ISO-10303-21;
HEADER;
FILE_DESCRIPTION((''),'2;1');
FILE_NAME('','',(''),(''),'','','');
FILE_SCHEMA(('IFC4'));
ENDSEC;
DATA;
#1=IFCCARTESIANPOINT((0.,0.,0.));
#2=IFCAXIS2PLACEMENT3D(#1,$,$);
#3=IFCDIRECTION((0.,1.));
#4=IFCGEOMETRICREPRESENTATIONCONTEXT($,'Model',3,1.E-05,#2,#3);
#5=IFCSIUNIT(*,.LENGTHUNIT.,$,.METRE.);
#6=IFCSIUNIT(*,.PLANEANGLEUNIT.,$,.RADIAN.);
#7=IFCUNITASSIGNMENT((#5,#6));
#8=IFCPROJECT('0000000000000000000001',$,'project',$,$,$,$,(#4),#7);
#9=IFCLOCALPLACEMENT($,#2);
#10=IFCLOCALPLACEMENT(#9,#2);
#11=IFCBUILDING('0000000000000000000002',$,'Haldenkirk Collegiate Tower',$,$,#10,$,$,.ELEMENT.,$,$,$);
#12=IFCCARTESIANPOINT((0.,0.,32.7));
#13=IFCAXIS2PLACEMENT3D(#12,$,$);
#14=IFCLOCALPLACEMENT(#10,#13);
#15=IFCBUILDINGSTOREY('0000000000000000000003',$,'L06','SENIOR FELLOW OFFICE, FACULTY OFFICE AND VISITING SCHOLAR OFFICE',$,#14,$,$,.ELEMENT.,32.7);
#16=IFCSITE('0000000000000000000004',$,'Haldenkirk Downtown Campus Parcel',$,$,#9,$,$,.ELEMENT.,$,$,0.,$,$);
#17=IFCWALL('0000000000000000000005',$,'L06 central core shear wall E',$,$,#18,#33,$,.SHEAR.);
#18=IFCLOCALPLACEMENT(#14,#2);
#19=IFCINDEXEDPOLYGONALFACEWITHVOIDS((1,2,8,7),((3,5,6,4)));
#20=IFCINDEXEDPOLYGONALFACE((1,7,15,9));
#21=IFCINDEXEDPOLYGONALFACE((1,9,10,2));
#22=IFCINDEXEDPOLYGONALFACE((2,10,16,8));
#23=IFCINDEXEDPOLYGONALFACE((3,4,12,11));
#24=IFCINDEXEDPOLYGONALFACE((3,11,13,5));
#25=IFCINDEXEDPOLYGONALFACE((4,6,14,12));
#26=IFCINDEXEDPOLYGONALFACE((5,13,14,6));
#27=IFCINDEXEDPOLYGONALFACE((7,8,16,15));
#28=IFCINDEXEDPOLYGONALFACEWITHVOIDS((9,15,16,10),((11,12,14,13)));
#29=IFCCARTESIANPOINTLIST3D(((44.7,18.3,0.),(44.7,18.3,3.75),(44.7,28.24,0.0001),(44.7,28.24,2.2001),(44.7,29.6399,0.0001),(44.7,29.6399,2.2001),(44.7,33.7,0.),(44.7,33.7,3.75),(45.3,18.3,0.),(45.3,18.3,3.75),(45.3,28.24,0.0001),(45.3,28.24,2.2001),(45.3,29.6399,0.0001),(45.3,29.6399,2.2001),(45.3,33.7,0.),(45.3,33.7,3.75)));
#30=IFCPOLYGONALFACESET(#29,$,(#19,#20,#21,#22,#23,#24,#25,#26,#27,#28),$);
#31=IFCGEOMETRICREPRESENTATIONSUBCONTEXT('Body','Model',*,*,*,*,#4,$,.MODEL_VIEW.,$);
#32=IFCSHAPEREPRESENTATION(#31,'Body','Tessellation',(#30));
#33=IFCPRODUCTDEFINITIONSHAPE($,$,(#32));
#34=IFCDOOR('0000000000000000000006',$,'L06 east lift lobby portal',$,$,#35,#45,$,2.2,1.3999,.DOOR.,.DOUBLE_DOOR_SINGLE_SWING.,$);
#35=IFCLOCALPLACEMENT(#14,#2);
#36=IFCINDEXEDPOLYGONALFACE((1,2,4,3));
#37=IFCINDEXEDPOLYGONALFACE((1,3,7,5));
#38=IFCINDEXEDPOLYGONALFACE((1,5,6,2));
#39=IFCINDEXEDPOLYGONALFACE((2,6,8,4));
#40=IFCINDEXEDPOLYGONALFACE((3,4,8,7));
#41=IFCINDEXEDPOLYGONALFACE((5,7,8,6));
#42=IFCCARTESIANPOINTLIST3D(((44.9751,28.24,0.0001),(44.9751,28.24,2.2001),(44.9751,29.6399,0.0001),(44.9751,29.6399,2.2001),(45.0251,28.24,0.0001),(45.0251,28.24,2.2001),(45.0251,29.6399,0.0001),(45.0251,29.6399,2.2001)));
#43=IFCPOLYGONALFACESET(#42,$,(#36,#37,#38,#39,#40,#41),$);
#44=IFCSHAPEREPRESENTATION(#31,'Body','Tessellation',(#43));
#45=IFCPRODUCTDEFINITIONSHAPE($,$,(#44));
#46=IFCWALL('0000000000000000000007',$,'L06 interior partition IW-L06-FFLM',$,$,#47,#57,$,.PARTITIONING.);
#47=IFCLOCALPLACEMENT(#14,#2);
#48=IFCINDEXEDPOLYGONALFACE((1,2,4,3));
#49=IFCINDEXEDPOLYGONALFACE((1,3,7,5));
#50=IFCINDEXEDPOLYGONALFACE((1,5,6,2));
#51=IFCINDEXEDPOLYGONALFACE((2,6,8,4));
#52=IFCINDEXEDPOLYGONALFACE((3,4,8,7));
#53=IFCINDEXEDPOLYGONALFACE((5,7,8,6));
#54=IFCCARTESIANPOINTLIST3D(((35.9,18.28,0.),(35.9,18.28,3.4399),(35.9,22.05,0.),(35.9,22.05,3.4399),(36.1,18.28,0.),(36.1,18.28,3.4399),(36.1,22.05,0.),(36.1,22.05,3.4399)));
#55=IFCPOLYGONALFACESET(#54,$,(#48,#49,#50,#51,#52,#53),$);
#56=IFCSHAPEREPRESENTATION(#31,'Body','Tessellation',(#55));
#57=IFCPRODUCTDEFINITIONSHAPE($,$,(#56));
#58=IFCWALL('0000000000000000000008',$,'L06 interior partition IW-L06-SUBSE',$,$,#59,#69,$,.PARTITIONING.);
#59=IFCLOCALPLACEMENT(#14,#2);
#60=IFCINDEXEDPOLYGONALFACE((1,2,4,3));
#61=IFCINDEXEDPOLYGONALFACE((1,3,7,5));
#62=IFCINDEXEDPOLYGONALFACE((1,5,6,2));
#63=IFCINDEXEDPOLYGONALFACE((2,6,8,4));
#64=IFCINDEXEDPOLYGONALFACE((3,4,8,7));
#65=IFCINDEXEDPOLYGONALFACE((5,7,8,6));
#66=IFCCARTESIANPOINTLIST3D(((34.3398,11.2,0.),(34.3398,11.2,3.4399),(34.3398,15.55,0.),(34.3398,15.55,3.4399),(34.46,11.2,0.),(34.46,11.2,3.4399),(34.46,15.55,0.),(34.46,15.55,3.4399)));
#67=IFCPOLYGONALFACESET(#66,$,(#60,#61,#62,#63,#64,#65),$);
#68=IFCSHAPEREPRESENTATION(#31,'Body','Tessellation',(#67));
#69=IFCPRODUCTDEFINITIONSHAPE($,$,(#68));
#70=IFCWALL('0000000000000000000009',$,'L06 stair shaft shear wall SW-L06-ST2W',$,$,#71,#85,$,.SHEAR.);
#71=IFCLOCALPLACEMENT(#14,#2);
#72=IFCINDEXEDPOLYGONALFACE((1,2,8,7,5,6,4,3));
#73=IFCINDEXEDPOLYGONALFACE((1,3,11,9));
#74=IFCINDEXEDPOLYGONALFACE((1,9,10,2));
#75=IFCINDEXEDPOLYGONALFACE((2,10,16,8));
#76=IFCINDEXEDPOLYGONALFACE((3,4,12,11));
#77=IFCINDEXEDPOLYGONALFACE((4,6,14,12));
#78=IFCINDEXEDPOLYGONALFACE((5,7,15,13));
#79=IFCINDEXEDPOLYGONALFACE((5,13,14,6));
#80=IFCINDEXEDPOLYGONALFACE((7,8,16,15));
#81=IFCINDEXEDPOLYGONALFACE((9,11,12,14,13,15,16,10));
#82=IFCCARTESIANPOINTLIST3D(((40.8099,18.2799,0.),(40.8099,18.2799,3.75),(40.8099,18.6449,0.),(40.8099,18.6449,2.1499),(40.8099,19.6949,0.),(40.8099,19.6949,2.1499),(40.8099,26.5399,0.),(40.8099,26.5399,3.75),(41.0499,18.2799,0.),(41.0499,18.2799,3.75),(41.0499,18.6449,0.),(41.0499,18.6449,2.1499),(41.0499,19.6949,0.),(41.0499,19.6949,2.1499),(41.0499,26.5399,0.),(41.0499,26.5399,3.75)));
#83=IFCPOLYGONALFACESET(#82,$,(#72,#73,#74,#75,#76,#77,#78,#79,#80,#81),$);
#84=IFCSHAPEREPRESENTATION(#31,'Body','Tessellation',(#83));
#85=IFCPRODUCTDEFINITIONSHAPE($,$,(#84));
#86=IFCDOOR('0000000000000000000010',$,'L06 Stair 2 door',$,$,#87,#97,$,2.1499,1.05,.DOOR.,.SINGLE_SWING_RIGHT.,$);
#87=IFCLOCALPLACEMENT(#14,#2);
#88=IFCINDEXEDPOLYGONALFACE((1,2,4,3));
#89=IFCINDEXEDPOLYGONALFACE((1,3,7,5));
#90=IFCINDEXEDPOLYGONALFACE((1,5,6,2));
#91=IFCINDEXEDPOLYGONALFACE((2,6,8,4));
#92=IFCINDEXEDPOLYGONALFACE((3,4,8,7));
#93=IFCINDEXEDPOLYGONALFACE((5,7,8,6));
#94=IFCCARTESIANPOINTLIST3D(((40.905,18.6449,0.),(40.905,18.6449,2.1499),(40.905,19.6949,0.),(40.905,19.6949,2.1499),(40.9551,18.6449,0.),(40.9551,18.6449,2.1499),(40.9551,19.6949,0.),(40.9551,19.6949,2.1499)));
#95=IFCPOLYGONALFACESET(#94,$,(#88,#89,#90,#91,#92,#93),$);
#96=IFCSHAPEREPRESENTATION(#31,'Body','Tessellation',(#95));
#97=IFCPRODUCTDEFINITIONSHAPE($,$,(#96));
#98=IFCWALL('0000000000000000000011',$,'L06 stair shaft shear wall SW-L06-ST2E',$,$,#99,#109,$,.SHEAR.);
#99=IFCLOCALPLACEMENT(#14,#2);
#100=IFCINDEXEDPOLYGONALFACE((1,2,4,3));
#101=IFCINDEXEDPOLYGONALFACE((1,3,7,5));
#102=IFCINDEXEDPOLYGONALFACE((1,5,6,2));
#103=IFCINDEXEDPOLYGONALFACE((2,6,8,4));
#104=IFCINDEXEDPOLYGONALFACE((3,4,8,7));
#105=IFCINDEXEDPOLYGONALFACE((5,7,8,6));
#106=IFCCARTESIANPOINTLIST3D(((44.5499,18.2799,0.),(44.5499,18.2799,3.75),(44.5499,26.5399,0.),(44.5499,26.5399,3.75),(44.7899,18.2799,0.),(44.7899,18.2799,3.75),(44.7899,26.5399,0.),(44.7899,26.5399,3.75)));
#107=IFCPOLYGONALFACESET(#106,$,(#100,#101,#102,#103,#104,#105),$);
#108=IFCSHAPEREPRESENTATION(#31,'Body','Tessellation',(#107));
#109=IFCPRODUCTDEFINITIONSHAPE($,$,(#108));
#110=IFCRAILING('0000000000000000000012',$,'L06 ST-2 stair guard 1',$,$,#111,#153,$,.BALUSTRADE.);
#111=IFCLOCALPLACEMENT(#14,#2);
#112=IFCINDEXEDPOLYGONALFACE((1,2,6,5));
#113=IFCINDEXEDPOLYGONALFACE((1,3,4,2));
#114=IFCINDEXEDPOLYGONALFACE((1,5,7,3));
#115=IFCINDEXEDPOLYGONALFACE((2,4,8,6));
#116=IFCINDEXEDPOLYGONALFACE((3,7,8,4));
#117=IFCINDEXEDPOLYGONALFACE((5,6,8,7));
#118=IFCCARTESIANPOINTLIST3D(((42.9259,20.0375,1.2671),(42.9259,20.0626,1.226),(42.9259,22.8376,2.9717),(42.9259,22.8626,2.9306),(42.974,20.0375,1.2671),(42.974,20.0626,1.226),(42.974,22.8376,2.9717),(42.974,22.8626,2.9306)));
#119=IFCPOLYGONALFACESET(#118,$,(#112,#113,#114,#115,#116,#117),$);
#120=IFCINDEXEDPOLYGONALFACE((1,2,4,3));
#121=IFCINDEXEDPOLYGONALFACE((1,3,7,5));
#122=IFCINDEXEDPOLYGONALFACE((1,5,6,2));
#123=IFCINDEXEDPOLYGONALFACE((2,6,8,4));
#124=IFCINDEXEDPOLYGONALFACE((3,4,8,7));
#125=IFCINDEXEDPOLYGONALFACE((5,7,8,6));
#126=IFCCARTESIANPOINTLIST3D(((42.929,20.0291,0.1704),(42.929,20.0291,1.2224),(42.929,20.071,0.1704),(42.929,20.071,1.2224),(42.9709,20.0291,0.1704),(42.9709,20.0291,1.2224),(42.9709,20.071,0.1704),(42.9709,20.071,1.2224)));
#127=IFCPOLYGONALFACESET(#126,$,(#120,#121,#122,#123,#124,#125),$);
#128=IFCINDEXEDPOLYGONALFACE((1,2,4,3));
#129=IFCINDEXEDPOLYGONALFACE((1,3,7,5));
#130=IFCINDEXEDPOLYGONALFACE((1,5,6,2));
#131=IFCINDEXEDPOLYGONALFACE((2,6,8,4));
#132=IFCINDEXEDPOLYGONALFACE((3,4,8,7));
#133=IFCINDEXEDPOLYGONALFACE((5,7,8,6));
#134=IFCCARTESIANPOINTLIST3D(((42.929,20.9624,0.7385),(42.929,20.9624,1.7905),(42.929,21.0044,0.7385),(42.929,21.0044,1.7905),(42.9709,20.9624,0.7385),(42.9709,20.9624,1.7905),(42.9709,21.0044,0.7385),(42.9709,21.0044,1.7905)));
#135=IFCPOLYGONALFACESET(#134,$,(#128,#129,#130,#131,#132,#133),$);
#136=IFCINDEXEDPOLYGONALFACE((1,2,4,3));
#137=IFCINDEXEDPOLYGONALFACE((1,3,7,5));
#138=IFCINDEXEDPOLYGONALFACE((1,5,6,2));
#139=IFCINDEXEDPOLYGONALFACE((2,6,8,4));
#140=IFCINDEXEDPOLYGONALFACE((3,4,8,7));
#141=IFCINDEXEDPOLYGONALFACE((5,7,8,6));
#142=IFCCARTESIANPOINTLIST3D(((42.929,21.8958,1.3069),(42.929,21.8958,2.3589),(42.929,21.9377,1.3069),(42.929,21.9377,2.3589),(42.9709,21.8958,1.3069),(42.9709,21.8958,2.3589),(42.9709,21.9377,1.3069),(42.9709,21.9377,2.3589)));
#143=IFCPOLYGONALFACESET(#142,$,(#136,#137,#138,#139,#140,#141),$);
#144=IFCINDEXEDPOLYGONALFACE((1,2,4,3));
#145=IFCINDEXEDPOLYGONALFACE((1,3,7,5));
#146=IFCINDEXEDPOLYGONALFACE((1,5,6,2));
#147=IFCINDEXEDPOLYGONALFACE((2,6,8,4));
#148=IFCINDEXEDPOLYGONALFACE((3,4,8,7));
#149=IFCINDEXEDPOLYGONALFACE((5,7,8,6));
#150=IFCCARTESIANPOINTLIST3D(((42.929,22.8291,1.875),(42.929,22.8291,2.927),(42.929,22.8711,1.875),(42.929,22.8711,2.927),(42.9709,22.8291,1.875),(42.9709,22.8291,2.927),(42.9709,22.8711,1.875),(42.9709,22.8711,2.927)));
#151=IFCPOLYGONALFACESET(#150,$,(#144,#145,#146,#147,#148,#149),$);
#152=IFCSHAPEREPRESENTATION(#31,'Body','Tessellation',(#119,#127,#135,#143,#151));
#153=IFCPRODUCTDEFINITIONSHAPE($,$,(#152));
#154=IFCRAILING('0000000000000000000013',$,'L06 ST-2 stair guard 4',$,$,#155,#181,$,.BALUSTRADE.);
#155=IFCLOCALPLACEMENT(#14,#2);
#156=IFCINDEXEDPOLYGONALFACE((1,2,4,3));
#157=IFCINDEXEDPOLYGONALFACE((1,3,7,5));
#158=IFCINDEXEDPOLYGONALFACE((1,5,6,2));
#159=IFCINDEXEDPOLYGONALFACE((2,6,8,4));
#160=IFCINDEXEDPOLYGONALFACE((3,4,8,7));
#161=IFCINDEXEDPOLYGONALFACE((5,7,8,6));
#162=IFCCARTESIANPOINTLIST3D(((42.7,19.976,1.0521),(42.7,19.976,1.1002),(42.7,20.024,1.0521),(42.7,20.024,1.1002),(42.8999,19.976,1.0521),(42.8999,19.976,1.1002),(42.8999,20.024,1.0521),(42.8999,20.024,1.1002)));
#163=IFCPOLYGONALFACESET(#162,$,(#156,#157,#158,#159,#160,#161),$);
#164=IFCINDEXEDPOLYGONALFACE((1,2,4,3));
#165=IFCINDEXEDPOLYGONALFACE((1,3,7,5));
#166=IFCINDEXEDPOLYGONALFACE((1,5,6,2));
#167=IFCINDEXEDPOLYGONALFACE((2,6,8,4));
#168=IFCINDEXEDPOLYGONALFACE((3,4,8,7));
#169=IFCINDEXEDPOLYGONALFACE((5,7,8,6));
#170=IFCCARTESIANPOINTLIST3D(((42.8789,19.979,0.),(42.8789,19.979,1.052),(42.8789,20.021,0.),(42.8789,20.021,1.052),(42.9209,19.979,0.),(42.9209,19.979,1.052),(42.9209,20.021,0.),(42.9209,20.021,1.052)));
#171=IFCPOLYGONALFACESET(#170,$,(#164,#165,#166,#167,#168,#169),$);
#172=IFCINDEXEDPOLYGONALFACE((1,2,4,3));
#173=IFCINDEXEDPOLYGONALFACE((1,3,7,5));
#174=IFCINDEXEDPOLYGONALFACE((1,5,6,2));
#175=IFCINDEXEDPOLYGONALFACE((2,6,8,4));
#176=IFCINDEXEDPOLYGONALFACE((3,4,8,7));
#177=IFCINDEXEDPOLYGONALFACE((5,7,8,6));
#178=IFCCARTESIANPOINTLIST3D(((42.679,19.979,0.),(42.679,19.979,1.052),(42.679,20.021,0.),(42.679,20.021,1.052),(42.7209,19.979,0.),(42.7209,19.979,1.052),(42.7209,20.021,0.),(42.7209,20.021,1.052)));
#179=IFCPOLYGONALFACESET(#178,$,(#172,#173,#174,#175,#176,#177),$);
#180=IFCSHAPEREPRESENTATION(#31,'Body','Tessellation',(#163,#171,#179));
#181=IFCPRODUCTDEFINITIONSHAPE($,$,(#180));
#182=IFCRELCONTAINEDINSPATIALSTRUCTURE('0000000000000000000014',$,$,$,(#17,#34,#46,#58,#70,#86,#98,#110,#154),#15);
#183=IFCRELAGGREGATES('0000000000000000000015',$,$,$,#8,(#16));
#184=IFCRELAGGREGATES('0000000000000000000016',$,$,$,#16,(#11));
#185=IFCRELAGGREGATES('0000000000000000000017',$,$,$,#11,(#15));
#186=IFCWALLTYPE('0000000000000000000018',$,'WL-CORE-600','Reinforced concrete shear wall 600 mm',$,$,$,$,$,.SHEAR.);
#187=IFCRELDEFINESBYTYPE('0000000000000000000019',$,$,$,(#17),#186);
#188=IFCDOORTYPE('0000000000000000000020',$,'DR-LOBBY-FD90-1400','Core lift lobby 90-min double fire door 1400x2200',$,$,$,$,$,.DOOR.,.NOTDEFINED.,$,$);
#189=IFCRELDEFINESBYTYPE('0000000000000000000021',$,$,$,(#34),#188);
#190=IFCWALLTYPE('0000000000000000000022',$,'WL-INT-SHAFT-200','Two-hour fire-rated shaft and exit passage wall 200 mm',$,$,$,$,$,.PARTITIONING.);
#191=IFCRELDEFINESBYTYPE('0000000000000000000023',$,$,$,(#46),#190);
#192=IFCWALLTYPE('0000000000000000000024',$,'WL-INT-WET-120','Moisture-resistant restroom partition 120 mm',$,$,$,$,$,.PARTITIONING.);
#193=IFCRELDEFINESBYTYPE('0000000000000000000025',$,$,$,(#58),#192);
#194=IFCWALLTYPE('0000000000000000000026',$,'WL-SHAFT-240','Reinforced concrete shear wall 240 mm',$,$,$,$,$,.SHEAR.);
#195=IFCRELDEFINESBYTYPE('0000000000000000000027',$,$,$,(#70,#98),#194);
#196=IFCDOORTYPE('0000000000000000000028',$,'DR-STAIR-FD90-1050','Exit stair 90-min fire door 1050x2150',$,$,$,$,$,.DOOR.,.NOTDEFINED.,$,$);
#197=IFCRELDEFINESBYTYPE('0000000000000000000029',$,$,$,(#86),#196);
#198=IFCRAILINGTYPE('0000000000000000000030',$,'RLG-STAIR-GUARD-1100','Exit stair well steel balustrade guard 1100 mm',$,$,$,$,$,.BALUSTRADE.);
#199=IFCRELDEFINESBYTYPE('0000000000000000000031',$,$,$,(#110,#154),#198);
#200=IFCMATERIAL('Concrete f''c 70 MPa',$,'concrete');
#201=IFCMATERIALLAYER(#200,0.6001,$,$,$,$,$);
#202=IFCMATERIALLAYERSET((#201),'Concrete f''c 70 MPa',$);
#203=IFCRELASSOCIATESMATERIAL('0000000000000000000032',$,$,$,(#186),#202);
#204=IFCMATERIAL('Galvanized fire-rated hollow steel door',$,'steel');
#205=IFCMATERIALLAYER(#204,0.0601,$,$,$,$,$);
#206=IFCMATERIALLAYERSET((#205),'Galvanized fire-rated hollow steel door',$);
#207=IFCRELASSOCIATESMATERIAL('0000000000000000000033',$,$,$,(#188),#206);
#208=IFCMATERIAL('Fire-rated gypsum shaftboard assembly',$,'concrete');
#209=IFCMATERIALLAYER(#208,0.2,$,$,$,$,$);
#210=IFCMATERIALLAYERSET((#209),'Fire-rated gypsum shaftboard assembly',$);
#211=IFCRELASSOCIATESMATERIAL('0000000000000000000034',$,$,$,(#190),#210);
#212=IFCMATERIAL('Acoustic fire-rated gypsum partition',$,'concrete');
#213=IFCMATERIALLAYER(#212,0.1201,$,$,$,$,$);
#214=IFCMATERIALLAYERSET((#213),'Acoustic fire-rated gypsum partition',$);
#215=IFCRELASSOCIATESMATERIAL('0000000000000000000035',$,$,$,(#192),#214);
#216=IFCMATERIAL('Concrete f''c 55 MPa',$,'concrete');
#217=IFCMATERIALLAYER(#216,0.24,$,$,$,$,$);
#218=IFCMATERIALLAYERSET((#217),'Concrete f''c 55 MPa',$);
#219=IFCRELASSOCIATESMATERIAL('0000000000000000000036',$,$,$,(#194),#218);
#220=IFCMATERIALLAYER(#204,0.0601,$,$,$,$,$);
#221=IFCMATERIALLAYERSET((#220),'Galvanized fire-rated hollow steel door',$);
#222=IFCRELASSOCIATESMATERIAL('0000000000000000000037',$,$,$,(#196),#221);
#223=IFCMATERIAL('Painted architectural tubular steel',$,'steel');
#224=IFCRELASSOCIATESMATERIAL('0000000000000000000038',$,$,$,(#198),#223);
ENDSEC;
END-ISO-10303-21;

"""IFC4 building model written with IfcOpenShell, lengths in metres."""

from ifc_helpers import new_model, si_unit, direction, frame, frame_2d, origin, origin_2d, place, context, subcontext, project, spatial, rectangle, extrude, material, layer, layer_set, type_object, element, fill, save


model = new_model("IFC4")

# Units and contexts
model_context = context("Model", 3, precision=1e-05, world=origin(), true_north=direction((0.0, 1.0)))
body_context = subcontext(model_context, "Body", "Model", "MODEL_VIEW")
ifc_project = project(units=[si_unit("LENGTHUNIT", "METRE"), si_unit("PLANEANGLEUNIT", "RADIAN")], contexts=[model_context])

# Site, building, storey
site_placement = place(None, origin())
site = spatial("IfcSite", under=ifc_project, at=site_placement, Name="Haldenkirk Downtown Campus Parcel", CompositionType="ELEMENT", RefElevation=0.0)
building_placement = place(site_placement, origin())
building = spatial("IfcBuilding", under=site, at=building_placement, Name="Haldenkirk Collegiate Tower", CompositionType="ELEMENT")
storey_placement = place(building_placement, frame((0.0, 0.0, 32.7)))
storey = spatial("IfcBuildingStorey", under=building, at=storey_placement, Name="L06", Description="SENIOR FELLOW OFFICE, FACULTY OFFICE AND VISITING SCHOLAR OFFICE", CompositionType="ELEMENT", Elevation=32.7)

# Wall, opening, door
ifc_material_1 = material(Name="Concrete f'c 70 MPa", Category="concrete")
ifc_layer_1 = layer(ifc_material_1, 0.6001)
ifc_layer_set_1 = layer_set([ifc_layer_1], Name="Concrete f'c 70 MPa")
wall_type_1 = type_object("IfcWallType", Name="WL-CORE-600", Description="Reinforced concrete shear wall 600 mm", PredefinedType="SHEAR", material=ifc_layer_set_1)
wall_1_placement = place(storey_placement, frame((45.0, 18.3, 0.0), z_axis=(0.0, 0.0, 1.0), x_axis=(0.0, 1.0, 0.0)))
wall_1 = element("IfcWall", 1, at=wall_1_placement, inside=storey, type_object=wall_type_1, Name="L06 central core shear wall E", PredefinedType="SHEAR", context=body_context, shape_type="SweptSolid", body=[
    extrude(rectangle(XDim=15.3999, YDim=0.6001, at=frame_2d((7.7, 0.0))), origin(), (0.0, 0.0, 1.0), 3.75),
])
opening_1_placement = place(wall_1_placement, frame((9.9399, 0.0, 0.0)))
opening_1 = element("IfcOpeningElement", 2, at=opening_1_placement, cuts=wall_1, PredefinedType="OPENING", context=body_context, shape_type="SweptSolid", body=[
    extrude(rectangle(XDim=1.3999, YDim=2.2, at=frame_2d((0.7, 1.1001))), frame((0.0, 0.3101, 0.0), z_axis=(0.0, -1.0, 0.0), x_axis=(1.0, 0.0, 0.0)), (0.0, 0.0, 1.0), 0.6201),
])
ifc_material_2 = material(Name="Galvanized fire-rated hollow steel door", Category="steel")
ifc_layer_2 = layer(ifc_material_2, 0.0601)
ifc_layer_set_2 = layer_set([ifc_layer_2], Name="Galvanized fire-rated hollow steel door")
door_type_1 = type_object("IfcDoorType", Name="DR-LOBBY-FD90-1400", Description="Core lift lobby 90-min double fire door 1400x2200", OperationType="NOTDEFINED", PredefinedType="DOOR", material=ifc_layer_set_2)
door_1_placement = place(opening_1_placement, origin())
door_1 = element("IfcDoor", 3, at=door_1_placement, inside=storey, type_object=door_type_1, Name="L06 east lift lobby portal", OperationType="DOUBLE_DOOR_SINGLE_SWING", OverallHeight=2.2, OverallWidth=1.3999, PredefinedType="DOOR", context=body_context, shape_type="SweptSolid", body=[
    extrude(rectangle(XDim=1.3999, YDim=2.2, at=frame_2d((0.7, 1.1001))), frame((0.0, 0.0249, 0.0), z_axis=(0.0, -1.0, 0.0), x_axis=(1.0, 0.0, 0.0)), (0.0, 0.0, 1.0), 0.05),
])
fill(opening_1, door_1)

# Walls
ifc_material_3 = material(Name="Fire-rated gypsum shaftboard assembly", Category="concrete")
ifc_layer_3 = layer(ifc_material_3, 0.2)
ifc_layer_set_3 = layer_set([ifc_layer_3], Name="Fire-rated gypsum shaftboard assembly")
wall_type_2 = type_object("IfcWallType", Name="WL-INT-SHAFT-200", Description="Two-hour fire-rated shaft and exit passage wall 200 mm", PredefinedType="PARTITIONING", material=ifc_layer_set_3)
wall_2_placement = place(storey_placement, frame((36.0, 18.28, 0.0), z_axis=(0.0, 0.0, 1.0), x_axis=(0.0, 1.0, 0.0)))
element("IfcWall", 4, at=wall_2_placement, inside=storey, type_object=wall_type_2, Name="L06 interior partition IW-L06-FFLM", PredefinedType="PARTITIONING", context=body_context, shape_type="SweptSolid", body=[
    extrude(rectangle(XDim=3.77, YDim=0.2, at=frame_2d((1.885, 0.0))), origin(), (0.0, 0.0, 1.0), 3.4399),
])
ifc_material_4 = material(Name="Acoustic fire-rated gypsum partition", Category="concrete")
ifc_layer_4 = layer(ifc_material_4, 0.1201)
ifc_layer_set_4 = layer_set([ifc_layer_4], Name="Acoustic fire-rated gypsum partition")
wall_type_3 = type_object("IfcWallType", Name="WL-INT-WET-120", Description="Moisture-resistant restroom partition 120 mm", PredefinedType="PARTITIONING", material=ifc_layer_set_4)
wall_3_placement = place(storey_placement, frame((34.3999, 11.2, 0.0), z_axis=(0.0, 0.0, 1.0), x_axis=(0.0, 1.0, 0.0)))
element("IfcWall", 5, at=wall_3_placement, inside=storey, type_object=wall_type_3, Name="L06 interior partition IW-L06-SUBSE", PredefinedType="PARTITIONING", context=body_context, shape_type="SweptSolid", body=[
    extrude(rectangle(XDim=4.3501, YDim=0.1201, at=frame_2d((2.175, 0.0))), origin(), (0.0, 0.0, 1.0), 3.4399),
])

# Wall, opening, door
ifc_material_5 = material(Name="Concrete f'c 55 MPa", Category="concrete")
ifc_layer_5 = layer(ifc_material_5, 0.24)
ifc_layer_set_5 = layer_set([ifc_layer_5], Name="Concrete f'c 55 MPa")
wall_type_4 = type_object("IfcWallType", Name="WL-SHAFT-240", Description="Reinforced concrete shear wall 240 mm", PredefinedType="SHEAR", material=ifc_layer_set_5)
wall_4_placement = place(storey_placement, frame((40.9299, 18.28, 0.0), z_axis=(0.0, 0.0, 1.0), x_axis=(0.0, 1.0, 0.0)))
wall_4 = element("IfcWall", 6, at=wall_4_placement, inside=storey, type_object=wall_type_4, Name="L06 stair shaft shear wall SW-L06-ST2W", PredefinedType="SHEAR", context=body_context, shape_type="SweptSolid", body=[
    extrude(rectangle(XDim=8.26, YDim=0.24, at=frame_2d((4.1299, 0.0))), origin(), (0.0, 0.0, 1.0), 3.75),
])
opening_2_placement = place(wall_4_placement, frame((0.365, 0.0, 0.0)))
opening_2 = element("IfcOpeningElement", 7, at=opening_2_placement, cuts=wall_4, PredefinedType="OPENING", context=body_context, shape_type="SweptSolid", body=[
    extrude(rectangle(XDim=1.05, YDim=2.1499, at=frame_2d((0.5249, 1.075))), frame((0.0, 0.1299, 0.0), z_axis=(0.0, -1.0, 0.0), x_axis=(1.0, 0.0, 0.0)), (0.0, 0.0, 1.0), 0.26),
])
ifc_layer_6 = layer(ifc_material_2, 0.0601)
ifc_layer_set_6 = layer_set([ifc_layer_6], Name="Galvanized fire-rated hollow steel door")
door_type_2 = type_object("IfcDoorType", Name="DR-STAIR-FD90-1050", Description="Exit stair 90-min fire door 1050x2150", OperationType="NOTDEFINED", PredefinedType="DOOR", material=ifc_layer_set_6)
door_2_placement = place(opening_2_placement, origin())
door_2 = element("IfcDoor", 8, at=door_2_placement, inside=storey, type_object=door_type_2, Name="L06 Stair 2 door", OperationType="SINGLE_SWING_RIGHT", OverallHeight=2.1499, OverallWidth=1.05, PredefinedType="DOOR", context=body_context, shape_type="SweptSolid", body=[
    extrude(rectangle(XDim=1.05, YDim=2.1499, at=frame_2d((0.5249, 1.075))), frame((0.0, 0.0249, 0.0), z_axis=(0.0, -1.0, 0.0), x_axis=(1.0, 0.0, 0.0)), (0.0, 0.0, 1.0), 0.05),
])
fill(opening_2, door_2)

# Wall
wall_5_placement = place(storey_placement, frame((44.6699, 18.28, 0.0), z_axis=(0.0, 0.0, 1.0), x_axis=(0.0, 1.0, 0.0)))
element("IfcWall", 9, at=wall_5_placement, inside=storey, type_object=wall_type_4, Name="L06 stair shaft shear wall SW-L06-ST2E", PredefinedType="SHEAR", context=body_context, shape_type="SweptSolid", body=[
    extrude(rectangle(XDim=8.26, YDim=0.24, at=frame_2d((4.1299, 0.0))), origin(), (0.0, 0.0, 1.0), 3.75),
])

# Railings
ifc_material_6 = material(Name="Painted architectural tubular steel", Category="steel")
railing_type = type_object("IfcRailingType", Name="RLG-STAIR-GUARD-1100", Description="Exit stair well steel balustrade guard 1100 mm", PredefinedType="BALUSTRADE", material=ifc_material_6)
railing_1_placement = place(storey_placement, frame((42.95, 20.05, 0.1704)))
element("IfcRailing", 10, at=railing_1_placement, inside=storey, type_object=railing_type, Name="L06 ST-2 stair guard 1", PredefinedType="BALUSTRADE", context=body_context, shape_type="SweptSolid", body=[
    extrude(rectangle(XDim=0.0481, YDim=0.0481, at=origin_2d()), frame((0.0, 0.0, 1.0762), z_axis=(0.0, 0.85417, 0.519994), x_axis=(-1.0, 0.0, 0.0)), (0.0, 0.0, 1.0), 3.2781),
    extrude(rectangle(XDim=0.042, YDim=0.042, at=origin_2d()), origin(), (0.0, 0.0, 1.0), 1.052),
    extrude(rectangle(XDim=0.042, YDim=0.042, at=origin_2d()), frame((0.0, 0.9333, 0.5681)), (0.0, 0.0, 1.0), 1.052),
    extrude(rectangle(XDim=0.042, YDim=0.042, at=origin_2d()), frame((0.0, 1.8667, 1.1365)), (0.0, 0.0, 1.0), 1.052),
    extrude(rectangle(XDim=0.042, YDim=0.042, at=origin_2d()), frame((0.0, 2.8, 1.7046)), (0.0, 0.0, 1.0), 1.052),
])
railing_2_placement = place(storey_placement, frame((42.8999, 20.0, 0.0)))
element("IfcRailing", 11, at=railing_2_placement, inside=storey, type_object=railing_type, Name="L06 ST-2 stair guard 4", PredefinedType="BALUSTRADE", context=body_context, shape_type="SweptSolid", body=[
    extrude(rectangle(XDim=0.0481, YDim=0.0481, at=origin_2d()), frame((0.0, 0.0, 1.0762), z_axis=(-1.0, 0.0, 0.0), x_axis=(0.0, -1.0, 0.0)), (0.0, 0.0, 1.0), 0.2),
    extrude(rectangle(XDim=0.042, YDim=0.042, at=origin_2d()), origin(), (0.0, 0.0, 1.0), 1.052),
    extrude(rectangle(XDim=0.042, YDim=0.042, at=origin_2d()), frame((-0.2, 0.0, 0.0)), (0.0, 0.0, 1.0), 1.052),
])

save(model, "model.ifc")
